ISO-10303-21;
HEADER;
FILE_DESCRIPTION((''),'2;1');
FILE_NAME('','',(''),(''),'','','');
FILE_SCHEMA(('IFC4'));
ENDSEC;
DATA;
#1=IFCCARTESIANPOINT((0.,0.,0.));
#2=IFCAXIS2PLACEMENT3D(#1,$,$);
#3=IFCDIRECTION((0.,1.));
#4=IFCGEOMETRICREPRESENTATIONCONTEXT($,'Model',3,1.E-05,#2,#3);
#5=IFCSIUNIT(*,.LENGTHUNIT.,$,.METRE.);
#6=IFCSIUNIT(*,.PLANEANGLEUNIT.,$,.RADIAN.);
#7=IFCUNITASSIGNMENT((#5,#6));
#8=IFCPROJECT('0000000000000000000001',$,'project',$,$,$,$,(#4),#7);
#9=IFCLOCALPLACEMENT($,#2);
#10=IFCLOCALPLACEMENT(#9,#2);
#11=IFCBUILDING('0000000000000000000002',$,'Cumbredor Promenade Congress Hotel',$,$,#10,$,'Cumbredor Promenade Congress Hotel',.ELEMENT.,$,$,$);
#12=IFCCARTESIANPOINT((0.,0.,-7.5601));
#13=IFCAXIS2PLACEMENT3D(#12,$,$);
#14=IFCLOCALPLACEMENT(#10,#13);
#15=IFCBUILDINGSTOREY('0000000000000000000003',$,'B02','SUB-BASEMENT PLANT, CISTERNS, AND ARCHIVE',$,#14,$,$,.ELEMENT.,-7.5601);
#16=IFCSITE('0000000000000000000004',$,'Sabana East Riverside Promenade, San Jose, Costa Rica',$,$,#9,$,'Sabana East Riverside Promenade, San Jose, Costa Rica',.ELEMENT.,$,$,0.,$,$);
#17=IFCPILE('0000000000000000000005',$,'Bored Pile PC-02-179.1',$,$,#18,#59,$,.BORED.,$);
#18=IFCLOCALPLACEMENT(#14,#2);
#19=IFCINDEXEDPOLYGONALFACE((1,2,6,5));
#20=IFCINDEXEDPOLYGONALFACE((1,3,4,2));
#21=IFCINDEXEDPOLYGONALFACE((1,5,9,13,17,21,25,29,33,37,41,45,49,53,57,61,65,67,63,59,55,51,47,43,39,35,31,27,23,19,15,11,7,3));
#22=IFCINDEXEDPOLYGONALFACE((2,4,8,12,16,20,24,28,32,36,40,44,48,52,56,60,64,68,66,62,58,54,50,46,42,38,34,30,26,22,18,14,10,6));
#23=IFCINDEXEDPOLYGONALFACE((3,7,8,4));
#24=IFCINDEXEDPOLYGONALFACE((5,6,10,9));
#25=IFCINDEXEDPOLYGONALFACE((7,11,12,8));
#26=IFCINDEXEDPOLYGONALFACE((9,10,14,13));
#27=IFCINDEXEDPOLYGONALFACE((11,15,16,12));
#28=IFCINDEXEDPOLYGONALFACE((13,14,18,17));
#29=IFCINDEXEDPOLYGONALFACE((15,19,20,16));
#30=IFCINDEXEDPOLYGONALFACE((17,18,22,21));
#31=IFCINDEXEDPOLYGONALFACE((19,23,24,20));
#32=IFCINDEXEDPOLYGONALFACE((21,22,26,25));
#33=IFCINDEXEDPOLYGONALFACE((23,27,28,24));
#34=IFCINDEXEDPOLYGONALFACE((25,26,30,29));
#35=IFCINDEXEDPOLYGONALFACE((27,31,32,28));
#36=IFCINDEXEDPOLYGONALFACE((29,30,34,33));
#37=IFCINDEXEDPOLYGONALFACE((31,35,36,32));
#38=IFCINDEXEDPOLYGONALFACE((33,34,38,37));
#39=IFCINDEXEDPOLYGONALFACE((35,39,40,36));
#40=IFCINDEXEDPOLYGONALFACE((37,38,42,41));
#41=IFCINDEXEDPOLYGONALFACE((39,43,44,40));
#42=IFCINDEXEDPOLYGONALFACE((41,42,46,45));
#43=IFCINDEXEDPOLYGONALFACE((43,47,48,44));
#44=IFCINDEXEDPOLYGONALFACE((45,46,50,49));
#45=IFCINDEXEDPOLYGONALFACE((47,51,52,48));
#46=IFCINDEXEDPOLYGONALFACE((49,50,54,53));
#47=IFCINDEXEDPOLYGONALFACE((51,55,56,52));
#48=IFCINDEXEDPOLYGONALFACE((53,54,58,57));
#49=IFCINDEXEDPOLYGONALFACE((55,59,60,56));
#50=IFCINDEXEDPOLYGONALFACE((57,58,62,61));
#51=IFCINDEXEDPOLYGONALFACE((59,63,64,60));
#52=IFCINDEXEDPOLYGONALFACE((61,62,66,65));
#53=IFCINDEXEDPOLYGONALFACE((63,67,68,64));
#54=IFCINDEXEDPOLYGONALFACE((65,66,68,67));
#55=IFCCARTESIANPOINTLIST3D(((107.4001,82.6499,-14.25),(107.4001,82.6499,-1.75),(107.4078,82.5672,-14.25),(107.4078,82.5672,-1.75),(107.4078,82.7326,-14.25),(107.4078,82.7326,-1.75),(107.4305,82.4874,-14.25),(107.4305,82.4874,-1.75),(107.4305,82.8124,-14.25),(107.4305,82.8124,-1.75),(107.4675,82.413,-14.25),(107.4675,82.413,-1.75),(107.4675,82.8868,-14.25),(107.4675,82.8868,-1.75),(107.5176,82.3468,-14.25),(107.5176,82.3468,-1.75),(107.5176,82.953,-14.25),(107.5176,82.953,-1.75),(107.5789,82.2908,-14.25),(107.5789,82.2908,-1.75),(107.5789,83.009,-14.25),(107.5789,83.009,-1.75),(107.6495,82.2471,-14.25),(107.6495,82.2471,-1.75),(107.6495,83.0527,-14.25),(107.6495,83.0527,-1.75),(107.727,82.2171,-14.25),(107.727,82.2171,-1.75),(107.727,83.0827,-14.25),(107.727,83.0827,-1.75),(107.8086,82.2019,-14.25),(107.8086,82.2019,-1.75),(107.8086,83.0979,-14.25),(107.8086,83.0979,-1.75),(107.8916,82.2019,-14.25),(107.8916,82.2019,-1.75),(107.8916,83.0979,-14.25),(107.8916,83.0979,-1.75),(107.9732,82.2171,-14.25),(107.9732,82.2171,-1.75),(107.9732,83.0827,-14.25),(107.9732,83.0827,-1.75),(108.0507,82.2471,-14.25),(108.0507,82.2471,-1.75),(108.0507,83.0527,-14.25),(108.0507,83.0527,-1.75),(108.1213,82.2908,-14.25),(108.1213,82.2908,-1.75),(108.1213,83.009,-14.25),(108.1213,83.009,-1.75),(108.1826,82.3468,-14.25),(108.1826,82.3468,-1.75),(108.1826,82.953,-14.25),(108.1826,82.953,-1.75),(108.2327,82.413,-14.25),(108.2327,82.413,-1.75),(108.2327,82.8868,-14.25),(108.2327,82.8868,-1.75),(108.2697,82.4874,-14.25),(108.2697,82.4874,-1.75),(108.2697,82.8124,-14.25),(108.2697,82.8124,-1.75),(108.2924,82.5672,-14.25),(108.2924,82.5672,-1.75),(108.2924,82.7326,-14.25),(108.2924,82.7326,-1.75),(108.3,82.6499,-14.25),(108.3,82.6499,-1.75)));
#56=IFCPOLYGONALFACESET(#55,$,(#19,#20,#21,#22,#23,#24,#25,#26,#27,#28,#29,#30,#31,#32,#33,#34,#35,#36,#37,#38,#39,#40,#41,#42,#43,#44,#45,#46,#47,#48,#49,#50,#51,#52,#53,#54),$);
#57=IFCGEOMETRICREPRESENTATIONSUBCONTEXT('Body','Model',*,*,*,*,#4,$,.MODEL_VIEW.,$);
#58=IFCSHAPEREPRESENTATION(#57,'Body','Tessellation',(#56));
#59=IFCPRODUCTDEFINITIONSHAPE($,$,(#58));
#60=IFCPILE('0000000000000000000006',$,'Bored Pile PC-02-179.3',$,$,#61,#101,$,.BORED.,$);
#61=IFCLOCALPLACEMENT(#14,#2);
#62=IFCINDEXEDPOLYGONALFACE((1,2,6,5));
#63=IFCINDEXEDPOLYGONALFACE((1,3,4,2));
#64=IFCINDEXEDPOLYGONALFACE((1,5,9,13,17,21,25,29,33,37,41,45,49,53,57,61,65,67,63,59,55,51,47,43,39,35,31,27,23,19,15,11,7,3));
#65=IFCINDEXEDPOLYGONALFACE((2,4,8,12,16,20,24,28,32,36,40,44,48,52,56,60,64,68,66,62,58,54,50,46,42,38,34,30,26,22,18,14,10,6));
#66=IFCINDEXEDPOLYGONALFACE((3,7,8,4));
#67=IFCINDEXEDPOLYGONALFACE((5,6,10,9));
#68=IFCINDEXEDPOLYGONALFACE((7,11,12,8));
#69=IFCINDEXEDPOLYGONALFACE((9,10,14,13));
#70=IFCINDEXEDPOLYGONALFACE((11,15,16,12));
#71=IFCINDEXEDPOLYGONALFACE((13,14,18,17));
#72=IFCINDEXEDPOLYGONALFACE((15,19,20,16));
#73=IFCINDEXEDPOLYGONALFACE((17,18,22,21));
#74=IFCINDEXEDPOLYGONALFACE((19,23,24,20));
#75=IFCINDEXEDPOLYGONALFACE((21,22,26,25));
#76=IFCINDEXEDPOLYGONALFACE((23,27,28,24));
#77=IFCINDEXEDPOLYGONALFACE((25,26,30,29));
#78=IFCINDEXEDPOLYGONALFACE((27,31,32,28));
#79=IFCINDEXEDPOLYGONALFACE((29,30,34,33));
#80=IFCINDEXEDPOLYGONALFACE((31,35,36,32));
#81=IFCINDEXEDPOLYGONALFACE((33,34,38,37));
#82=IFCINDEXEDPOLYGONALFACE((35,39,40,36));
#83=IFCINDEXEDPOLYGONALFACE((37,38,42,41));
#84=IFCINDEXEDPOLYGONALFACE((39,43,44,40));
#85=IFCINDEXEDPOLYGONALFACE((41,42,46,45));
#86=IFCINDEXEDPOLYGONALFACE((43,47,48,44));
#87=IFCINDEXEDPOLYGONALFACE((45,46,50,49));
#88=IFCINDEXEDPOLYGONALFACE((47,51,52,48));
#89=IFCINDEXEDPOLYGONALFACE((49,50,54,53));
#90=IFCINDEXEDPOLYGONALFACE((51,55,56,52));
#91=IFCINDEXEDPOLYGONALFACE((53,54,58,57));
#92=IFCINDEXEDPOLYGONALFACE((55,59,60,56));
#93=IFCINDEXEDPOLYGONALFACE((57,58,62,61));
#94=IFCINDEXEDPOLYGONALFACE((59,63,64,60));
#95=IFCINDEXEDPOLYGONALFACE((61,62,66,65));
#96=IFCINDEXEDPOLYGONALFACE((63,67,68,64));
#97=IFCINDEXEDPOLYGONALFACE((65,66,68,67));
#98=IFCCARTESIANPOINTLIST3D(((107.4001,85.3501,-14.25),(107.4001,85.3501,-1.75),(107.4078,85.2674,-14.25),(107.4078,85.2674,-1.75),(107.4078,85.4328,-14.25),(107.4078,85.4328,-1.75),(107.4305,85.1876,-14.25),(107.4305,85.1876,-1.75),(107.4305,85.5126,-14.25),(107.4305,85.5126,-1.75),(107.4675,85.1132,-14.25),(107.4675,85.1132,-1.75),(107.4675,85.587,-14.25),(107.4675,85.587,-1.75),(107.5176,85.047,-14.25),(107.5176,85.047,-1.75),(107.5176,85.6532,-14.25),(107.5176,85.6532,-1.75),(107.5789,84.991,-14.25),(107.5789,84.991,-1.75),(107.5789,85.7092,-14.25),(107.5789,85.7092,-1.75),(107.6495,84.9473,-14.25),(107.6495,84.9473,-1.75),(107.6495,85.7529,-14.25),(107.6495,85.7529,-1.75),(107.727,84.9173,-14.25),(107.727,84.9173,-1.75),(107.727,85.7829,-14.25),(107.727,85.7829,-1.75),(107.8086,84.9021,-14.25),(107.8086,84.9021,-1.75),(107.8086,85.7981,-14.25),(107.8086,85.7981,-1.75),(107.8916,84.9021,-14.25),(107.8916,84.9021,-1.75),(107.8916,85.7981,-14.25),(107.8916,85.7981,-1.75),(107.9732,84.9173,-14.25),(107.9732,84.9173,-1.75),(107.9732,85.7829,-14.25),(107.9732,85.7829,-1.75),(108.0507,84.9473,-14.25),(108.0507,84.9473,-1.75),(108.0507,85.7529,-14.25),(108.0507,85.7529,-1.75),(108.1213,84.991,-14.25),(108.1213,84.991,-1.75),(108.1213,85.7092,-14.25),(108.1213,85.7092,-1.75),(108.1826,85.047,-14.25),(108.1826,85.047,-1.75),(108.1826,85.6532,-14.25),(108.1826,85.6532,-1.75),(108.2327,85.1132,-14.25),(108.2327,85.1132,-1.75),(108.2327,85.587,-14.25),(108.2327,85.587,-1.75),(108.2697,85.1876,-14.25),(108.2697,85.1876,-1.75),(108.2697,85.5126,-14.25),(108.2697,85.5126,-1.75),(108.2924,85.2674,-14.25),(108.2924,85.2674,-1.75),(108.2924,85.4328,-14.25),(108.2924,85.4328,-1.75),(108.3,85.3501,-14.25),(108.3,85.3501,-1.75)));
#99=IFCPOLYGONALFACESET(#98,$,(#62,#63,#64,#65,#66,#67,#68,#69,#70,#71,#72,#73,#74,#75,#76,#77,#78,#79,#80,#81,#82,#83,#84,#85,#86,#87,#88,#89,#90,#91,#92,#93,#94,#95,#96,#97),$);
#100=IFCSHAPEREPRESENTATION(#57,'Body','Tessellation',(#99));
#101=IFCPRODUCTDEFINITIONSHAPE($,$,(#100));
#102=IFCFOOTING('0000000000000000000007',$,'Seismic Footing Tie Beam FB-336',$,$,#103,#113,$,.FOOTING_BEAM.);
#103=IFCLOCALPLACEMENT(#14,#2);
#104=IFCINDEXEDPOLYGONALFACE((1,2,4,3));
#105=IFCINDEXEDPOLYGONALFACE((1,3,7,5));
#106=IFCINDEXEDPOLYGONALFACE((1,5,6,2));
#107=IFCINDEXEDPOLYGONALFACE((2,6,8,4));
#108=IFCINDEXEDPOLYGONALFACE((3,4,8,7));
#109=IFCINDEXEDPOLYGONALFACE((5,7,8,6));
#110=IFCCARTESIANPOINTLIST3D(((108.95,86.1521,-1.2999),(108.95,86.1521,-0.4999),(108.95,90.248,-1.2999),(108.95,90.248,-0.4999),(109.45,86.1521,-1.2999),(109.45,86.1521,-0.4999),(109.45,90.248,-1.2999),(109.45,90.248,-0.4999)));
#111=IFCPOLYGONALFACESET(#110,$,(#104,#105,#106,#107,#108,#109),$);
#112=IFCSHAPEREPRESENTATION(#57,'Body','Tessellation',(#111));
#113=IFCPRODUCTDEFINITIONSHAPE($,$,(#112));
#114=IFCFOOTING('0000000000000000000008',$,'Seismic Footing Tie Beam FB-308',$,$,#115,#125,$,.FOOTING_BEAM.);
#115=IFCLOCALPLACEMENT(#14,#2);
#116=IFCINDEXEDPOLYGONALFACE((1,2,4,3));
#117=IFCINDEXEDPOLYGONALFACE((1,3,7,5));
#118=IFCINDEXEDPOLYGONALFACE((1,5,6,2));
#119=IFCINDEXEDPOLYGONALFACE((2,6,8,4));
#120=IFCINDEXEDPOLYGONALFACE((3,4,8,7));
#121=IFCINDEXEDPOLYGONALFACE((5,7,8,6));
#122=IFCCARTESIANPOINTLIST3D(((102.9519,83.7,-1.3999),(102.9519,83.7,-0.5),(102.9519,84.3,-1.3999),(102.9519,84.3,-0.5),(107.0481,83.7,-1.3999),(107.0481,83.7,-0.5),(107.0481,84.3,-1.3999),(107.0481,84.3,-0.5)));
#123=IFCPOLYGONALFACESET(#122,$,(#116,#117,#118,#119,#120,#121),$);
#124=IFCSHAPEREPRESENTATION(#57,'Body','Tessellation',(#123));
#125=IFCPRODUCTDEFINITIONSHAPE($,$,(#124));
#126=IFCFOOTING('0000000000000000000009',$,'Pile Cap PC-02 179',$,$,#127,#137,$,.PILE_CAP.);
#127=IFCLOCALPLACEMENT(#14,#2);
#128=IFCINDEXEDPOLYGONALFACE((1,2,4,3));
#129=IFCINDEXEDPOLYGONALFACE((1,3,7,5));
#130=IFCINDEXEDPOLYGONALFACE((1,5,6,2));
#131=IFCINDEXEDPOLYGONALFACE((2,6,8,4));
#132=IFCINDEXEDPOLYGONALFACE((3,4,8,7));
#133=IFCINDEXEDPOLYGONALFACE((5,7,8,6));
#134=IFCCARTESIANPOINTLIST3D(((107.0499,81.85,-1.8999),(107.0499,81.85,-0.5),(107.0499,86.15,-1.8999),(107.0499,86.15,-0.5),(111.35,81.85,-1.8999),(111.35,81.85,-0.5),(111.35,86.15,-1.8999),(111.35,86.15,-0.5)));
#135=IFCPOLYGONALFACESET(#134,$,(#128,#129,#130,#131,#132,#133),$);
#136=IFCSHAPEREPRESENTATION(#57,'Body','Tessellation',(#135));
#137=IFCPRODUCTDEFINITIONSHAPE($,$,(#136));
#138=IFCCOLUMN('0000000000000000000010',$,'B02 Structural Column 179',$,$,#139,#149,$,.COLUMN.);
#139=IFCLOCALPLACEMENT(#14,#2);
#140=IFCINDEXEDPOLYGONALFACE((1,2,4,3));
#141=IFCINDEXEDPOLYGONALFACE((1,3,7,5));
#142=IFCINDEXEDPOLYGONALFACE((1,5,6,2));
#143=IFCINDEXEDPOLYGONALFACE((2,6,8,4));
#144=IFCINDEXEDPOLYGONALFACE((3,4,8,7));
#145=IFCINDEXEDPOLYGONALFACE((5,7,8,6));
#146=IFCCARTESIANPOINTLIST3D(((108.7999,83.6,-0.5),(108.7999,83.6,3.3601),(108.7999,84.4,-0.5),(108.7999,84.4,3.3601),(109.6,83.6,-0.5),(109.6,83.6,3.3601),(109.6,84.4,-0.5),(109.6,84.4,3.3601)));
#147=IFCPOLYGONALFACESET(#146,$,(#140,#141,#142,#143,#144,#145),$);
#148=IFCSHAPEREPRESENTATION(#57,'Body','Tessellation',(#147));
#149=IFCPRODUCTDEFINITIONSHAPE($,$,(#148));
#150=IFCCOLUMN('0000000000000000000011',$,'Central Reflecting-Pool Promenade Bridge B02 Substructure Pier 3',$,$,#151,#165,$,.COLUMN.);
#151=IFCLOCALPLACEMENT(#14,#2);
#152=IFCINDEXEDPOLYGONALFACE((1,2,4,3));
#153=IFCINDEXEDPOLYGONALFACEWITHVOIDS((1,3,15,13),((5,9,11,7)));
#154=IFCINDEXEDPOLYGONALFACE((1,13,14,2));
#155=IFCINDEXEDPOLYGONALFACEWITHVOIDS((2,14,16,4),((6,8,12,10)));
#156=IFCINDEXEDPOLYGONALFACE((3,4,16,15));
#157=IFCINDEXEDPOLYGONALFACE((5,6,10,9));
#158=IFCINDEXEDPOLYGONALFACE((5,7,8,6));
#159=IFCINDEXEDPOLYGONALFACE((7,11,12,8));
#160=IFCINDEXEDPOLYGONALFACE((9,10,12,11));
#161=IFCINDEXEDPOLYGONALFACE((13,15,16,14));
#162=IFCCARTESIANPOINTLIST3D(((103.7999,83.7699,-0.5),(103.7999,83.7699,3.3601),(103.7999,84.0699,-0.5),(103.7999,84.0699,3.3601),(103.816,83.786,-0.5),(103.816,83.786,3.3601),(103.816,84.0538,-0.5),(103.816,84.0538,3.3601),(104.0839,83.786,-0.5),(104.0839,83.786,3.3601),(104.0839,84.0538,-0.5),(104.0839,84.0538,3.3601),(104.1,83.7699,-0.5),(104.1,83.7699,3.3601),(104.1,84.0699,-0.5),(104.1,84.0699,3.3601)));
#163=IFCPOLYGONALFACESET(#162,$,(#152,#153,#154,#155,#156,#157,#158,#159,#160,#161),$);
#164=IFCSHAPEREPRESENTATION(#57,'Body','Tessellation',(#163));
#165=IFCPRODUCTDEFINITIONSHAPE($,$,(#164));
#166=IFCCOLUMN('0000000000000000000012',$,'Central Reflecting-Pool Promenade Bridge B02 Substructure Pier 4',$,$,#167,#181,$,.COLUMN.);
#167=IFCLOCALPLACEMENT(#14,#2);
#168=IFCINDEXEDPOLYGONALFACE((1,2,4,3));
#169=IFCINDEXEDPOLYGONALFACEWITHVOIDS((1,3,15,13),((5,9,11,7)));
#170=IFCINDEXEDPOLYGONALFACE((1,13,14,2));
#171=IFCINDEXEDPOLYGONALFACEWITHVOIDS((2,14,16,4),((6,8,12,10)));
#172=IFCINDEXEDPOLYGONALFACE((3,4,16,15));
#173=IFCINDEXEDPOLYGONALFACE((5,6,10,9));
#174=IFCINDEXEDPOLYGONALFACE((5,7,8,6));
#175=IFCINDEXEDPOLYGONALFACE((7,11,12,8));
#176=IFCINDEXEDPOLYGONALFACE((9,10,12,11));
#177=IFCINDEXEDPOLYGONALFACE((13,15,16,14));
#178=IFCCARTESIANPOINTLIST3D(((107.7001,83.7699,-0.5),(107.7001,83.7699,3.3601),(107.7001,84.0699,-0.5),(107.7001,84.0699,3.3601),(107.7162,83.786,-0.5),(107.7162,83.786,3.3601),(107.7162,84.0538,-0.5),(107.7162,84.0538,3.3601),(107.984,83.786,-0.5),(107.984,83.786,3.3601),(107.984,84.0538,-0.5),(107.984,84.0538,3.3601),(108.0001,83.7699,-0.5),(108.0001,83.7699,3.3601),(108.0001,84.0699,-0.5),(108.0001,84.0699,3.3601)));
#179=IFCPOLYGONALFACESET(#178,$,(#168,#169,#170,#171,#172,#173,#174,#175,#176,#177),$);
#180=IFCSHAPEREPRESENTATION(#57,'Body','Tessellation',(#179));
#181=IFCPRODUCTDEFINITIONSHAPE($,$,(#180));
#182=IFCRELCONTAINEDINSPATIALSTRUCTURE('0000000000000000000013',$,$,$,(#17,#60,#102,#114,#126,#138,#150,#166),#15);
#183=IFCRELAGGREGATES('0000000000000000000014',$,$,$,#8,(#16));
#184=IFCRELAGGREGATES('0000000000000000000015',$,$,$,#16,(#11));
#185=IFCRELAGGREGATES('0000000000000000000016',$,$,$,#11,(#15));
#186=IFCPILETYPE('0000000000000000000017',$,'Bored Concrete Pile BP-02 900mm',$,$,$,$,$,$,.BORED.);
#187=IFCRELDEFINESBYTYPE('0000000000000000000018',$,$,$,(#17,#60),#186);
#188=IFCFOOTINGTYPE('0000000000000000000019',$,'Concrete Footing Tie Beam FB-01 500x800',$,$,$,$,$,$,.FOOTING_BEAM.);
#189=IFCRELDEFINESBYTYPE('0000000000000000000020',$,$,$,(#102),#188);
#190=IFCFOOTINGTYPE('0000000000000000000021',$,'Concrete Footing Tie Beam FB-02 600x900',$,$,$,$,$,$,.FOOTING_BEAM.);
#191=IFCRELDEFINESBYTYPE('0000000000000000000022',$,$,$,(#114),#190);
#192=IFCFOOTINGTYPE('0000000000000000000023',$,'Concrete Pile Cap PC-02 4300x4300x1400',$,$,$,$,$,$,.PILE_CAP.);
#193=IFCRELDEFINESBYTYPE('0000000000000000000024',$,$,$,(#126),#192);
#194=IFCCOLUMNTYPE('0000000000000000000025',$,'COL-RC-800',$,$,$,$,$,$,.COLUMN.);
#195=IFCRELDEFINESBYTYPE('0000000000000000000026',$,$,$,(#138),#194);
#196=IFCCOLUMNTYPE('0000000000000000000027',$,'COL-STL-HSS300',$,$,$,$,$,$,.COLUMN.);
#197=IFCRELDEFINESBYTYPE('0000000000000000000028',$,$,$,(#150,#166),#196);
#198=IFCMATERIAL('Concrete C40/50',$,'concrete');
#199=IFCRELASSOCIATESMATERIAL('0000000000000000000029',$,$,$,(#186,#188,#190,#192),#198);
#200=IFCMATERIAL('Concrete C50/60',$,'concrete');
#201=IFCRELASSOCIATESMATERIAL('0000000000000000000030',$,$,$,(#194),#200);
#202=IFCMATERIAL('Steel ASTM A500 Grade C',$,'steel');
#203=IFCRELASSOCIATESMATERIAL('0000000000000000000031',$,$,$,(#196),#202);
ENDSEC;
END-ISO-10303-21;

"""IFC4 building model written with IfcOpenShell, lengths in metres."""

from ifc_helpers import new_model, si_unit, direction, frame, origin, origin_2d, place, context, subcontext, project, spatial, rectangle, hollow_rectangle, circle, extrude, material, material_profile, profile_set, type_object, element, save


model = new_model("IFC4")

# Units and contexts
model_context = context("Model", 3, precision=1e-05, world=origin(), true_north=direction((0.0, 1.0)))
body_context = subcontext(model_context, "Body", "Model", "MODEL_VIEW")
ifc_project = project(units=[si_unit("LENGTHUNIT", "METRE"), si_unit("PLANEANGLEUNIT", "RADIAN")], contexts=[model_context])

# Site, building, storey
site_placement = place(None, origin())
site = spatial("IfcSite", under=ifc_project, at=site_placement, Name="Sabana East Riverside Promenade, San Jose, Costa Rica", LongName="Sabana East Riverside Promenade, San Jose, Costa Rica", CompositionType="ELEMENT", RefElevation=0.0)
building_placement = place(site_placement, origin())
building = spatial("IfcBuilding", under=site, at=building_placement, Name="Cumbredor Promenade Congress Hotel", LongName="Cumbredor Promenade Congress Hotel", CompositionType="ELEMENT")
storey_placement = place(building_placement, frame((0.0, 0.0, -7.5601)))
storey = spatial("IfcBuildingStorey", under=building, at=storey_placement, Name="B02", Description="SUB-BASEMENT PLANT, CISTERNS, AND ARCHIVE", CompositionType="ELEMENT", Elevation=-7.5601)

# Piles
ifc_material_1 = material(Name="Concrete C40/50", Category="concrete")
ifc_material_profile_1 = material_profile(ifc_material_1, circle(Radius=0.45, at=origin_2d()), Name="PILE D900")
ifc_profile_set_1 = profile_set([ifc_material_profile_1], Name="Concrete C40/50")
pile_type = type_object("IfcPileType", Name="Bored Concrete Pile BP-02 900mm", PredefinedType="BORED", material=ifc_profile_set_1)
for number, where, z_axis, x_axis, name in (
    (1, (107.8501, 82.6499, -1.75), (0.0, 0.0, -1.0), (1.0, 0.0, 0.0), "Bored Pile PC-02-179.1"),
    (2, (107.8501, 85.3501, -1.75), (0.0, 0.0, -1.0), (1.0, 0.0, 0.0), "Bored Pile PC-02-179.3"),
):
    element("IfcPile", number, at=place(storey_placement, frame(where, z_axis=z_axis, x_axis=x_axis)), inside=storey, type_object=pile_type, Name=name, PredefinedType="BORED", context=body_context, shape_type="SweptSolid", body=[
        extrude(circle(Radius=0.45, at=origin_2d()), origin(), (0.0, 0.0, 1.0), 12.5),
    ])

# Footings
ifc_material_profile_2 = material_profile(ifc_material_1, rectangle(XDim=0.5, YDim=0.8, at=origin_2d()), Name="FB 500x800")
ifc_profile_set_2 = profile_set([ifc_material_profile_2], Name="Concrete C40/50")
footing_type_1 = type_object("IfcFootingType", Name="Concrete Footing Tie Beam FB-01 500x800", PredefinedType="FOOTING_BEAM", material=ifc_profile_set_2)
footing_1_placement = place(storey_placement, frame((109.2, 86.1521, -0.8999), z_axis=(0.0, 1.0, 0.0), x_axis=(-1.0, 0.0, 0.0)))
element("IfcFooting", 3, at=footing_1_placement, inside=storey, type_object=footing_type_1, Name="Seismic Footing Tie Beam FB-336", PredefinedType="FOOTING_BEAM", context=body_context, shape_type="SweptSolid", body=[
    extrude(rectangle(XDim=0.5, YDim=0.8, at=origin_2d()), origin(), (0.0, 0.0, 1.0), 4.0959),
])
ifc_material_profile_3 = material_profile(ifc_material_1, rectangle(XDim=0.6001, YDim=0.8999, at=origin_2d()), Name="FB 600x900")
ifc_profile_set_3 = profile_set([ifc_material_profile_3], Name="Concrete C40/50")
footing_type_2 = type_object("IfcFootingType", Name="Concrete Footing Tie Beam FB-02 600x900", PredefinedType="FOOTING_BEAM", material=ifc_profile_set_3)
footing_2_placement = place(storey_placement, frame((102.9519, 84.0, -0.95), z_axis=(1.0, 0.0, 0.0), x_axis=(0.0, 1.0, 0.0)))
element("IfcFooting", 4, at=footing_2_placement, inside=storey, type_object=footing_type_2, Name="Seismic Footing Tie Beam FB-308", PredefinedType="FOOTING_BEAM", context=body_context, shape_type="SweptSolid", body=[
    extrude(rectangle(XDim=0.6001, YDim=0.8999, at=origin_2d()), origin(), (0.0, 0.0, 1.0), 4.0962),
])
footing_type_3 = type_object("IfcFootingType", Name="Concrete Pile Cap PC-02 4300x4300x1400", PredefinedType="PILE_CAP", material=ifc_material_1)
footing_3_placement = place(storey_placement, frame((109.2, 84.0, -1.8999), z_axis=(0.0, 0.0, 1.0), x_axis=(1.0, 0.0, 0.0)))
element("IfcFooting", 5, at=footing_3_placement, inside=storey, type_object=footing_type_3, Name="Pile Cap PC-02 179", PredefinedType="PILE_CAP", context=body_context, shape_type="SweptSolid", body=[
    extrude(rectangle(XDim=4.3, YDim=4.3, at=origin_2d()), origin(), (0.0, 0.0, 1.0), 1.3999),
])

# Columns
ifc_material_2 = material(Name="Concrete C50/60", Category="concrete")
ifc_material_profile_4 = material_profile(ifc_material_2, rectangle(XDim=0.8, YDim=0.8, at=origin_2d()), Name="RC 800x800")
ifc_profile_set_4 = profile_set([ifc_material_profile_4], Name="Concrete C50/60")
column_type_1 = type_object("IfcColumnType", Name="COL-RC-800", PredefinedType="COLUMN", material=ifc_profile_set_4)
column_placement = place(storey_placement, frame((109.2, 84.0, -0.5), z_axis=(0.0, 0.0, 1.0), x_axis=(1.0, 0.0, 0.0)))
element("IfcColumn", 6, at=column_placement, inside=storey, type_object=column_type_1, Name="B02 Structural Column 179", PredefinedType="COLUMN", context=body_context, shape_type="SweptSolid", body=[
    extrude(rectangle(XDim=0.8, YDim=0.8, at=origin_2d()), origin(), (0.0, 0.0, 1.0), 3.8601),
])
ifc_material_3 = material(Name="Steel ASTM A500 Grade C", Category="steel")
ifc_material_profile_5 = material_profile(ifc_material_3, hollow_rectangle(XDim=0.3, YDim=0.3, WallThickness=0.0161, at=origin_2d()), Name="HSS 300x300x16")
ifc_profile_set_5 = profile_set([ifc_material_profile_5], Name="Steel ASTM A500 Grade C")
column_type_2 = type_object("IfcColumnType", Name="COL-STL-HSS300", PredefinedType="COLUMN", material=ifc_profile_set_5)
for number, where, z_axis, x_axis, name in (
    (7, (103.95, 83.9199, -0.5), (0.0, 0.0, 1.0), (1.0, 0.0, 0.0), "Central Reflecting-Pool Promenade Bridge B02 Substructure Pier 3"),
    (8, (107.8501, 83.9199, -0.5), (0.0, 0.0, 1.0), (1.0, 0.0, 0.0), "Central Reflecting-Pool Promenade Bridge B02 Substructure Pier 4"),
):
    element("IfcColumn", number, at=place(storey_placement, frame(where, z_axis=z_axis, x_axis=x_axis)), inside=storey, type_object=column_type_2, Name=name, PredefinedType="COLUMN", context=body_context, shape_type="SweptSolid", body=[
        extrude(hollow_rectangle(XDim=0.3, YDim=0.3, WallThickness=0.0161, at=origin_2d()), origin(), (0.0, 0.0, 1.0), 3.8601),
    ])

save(model, "model.ifc")
